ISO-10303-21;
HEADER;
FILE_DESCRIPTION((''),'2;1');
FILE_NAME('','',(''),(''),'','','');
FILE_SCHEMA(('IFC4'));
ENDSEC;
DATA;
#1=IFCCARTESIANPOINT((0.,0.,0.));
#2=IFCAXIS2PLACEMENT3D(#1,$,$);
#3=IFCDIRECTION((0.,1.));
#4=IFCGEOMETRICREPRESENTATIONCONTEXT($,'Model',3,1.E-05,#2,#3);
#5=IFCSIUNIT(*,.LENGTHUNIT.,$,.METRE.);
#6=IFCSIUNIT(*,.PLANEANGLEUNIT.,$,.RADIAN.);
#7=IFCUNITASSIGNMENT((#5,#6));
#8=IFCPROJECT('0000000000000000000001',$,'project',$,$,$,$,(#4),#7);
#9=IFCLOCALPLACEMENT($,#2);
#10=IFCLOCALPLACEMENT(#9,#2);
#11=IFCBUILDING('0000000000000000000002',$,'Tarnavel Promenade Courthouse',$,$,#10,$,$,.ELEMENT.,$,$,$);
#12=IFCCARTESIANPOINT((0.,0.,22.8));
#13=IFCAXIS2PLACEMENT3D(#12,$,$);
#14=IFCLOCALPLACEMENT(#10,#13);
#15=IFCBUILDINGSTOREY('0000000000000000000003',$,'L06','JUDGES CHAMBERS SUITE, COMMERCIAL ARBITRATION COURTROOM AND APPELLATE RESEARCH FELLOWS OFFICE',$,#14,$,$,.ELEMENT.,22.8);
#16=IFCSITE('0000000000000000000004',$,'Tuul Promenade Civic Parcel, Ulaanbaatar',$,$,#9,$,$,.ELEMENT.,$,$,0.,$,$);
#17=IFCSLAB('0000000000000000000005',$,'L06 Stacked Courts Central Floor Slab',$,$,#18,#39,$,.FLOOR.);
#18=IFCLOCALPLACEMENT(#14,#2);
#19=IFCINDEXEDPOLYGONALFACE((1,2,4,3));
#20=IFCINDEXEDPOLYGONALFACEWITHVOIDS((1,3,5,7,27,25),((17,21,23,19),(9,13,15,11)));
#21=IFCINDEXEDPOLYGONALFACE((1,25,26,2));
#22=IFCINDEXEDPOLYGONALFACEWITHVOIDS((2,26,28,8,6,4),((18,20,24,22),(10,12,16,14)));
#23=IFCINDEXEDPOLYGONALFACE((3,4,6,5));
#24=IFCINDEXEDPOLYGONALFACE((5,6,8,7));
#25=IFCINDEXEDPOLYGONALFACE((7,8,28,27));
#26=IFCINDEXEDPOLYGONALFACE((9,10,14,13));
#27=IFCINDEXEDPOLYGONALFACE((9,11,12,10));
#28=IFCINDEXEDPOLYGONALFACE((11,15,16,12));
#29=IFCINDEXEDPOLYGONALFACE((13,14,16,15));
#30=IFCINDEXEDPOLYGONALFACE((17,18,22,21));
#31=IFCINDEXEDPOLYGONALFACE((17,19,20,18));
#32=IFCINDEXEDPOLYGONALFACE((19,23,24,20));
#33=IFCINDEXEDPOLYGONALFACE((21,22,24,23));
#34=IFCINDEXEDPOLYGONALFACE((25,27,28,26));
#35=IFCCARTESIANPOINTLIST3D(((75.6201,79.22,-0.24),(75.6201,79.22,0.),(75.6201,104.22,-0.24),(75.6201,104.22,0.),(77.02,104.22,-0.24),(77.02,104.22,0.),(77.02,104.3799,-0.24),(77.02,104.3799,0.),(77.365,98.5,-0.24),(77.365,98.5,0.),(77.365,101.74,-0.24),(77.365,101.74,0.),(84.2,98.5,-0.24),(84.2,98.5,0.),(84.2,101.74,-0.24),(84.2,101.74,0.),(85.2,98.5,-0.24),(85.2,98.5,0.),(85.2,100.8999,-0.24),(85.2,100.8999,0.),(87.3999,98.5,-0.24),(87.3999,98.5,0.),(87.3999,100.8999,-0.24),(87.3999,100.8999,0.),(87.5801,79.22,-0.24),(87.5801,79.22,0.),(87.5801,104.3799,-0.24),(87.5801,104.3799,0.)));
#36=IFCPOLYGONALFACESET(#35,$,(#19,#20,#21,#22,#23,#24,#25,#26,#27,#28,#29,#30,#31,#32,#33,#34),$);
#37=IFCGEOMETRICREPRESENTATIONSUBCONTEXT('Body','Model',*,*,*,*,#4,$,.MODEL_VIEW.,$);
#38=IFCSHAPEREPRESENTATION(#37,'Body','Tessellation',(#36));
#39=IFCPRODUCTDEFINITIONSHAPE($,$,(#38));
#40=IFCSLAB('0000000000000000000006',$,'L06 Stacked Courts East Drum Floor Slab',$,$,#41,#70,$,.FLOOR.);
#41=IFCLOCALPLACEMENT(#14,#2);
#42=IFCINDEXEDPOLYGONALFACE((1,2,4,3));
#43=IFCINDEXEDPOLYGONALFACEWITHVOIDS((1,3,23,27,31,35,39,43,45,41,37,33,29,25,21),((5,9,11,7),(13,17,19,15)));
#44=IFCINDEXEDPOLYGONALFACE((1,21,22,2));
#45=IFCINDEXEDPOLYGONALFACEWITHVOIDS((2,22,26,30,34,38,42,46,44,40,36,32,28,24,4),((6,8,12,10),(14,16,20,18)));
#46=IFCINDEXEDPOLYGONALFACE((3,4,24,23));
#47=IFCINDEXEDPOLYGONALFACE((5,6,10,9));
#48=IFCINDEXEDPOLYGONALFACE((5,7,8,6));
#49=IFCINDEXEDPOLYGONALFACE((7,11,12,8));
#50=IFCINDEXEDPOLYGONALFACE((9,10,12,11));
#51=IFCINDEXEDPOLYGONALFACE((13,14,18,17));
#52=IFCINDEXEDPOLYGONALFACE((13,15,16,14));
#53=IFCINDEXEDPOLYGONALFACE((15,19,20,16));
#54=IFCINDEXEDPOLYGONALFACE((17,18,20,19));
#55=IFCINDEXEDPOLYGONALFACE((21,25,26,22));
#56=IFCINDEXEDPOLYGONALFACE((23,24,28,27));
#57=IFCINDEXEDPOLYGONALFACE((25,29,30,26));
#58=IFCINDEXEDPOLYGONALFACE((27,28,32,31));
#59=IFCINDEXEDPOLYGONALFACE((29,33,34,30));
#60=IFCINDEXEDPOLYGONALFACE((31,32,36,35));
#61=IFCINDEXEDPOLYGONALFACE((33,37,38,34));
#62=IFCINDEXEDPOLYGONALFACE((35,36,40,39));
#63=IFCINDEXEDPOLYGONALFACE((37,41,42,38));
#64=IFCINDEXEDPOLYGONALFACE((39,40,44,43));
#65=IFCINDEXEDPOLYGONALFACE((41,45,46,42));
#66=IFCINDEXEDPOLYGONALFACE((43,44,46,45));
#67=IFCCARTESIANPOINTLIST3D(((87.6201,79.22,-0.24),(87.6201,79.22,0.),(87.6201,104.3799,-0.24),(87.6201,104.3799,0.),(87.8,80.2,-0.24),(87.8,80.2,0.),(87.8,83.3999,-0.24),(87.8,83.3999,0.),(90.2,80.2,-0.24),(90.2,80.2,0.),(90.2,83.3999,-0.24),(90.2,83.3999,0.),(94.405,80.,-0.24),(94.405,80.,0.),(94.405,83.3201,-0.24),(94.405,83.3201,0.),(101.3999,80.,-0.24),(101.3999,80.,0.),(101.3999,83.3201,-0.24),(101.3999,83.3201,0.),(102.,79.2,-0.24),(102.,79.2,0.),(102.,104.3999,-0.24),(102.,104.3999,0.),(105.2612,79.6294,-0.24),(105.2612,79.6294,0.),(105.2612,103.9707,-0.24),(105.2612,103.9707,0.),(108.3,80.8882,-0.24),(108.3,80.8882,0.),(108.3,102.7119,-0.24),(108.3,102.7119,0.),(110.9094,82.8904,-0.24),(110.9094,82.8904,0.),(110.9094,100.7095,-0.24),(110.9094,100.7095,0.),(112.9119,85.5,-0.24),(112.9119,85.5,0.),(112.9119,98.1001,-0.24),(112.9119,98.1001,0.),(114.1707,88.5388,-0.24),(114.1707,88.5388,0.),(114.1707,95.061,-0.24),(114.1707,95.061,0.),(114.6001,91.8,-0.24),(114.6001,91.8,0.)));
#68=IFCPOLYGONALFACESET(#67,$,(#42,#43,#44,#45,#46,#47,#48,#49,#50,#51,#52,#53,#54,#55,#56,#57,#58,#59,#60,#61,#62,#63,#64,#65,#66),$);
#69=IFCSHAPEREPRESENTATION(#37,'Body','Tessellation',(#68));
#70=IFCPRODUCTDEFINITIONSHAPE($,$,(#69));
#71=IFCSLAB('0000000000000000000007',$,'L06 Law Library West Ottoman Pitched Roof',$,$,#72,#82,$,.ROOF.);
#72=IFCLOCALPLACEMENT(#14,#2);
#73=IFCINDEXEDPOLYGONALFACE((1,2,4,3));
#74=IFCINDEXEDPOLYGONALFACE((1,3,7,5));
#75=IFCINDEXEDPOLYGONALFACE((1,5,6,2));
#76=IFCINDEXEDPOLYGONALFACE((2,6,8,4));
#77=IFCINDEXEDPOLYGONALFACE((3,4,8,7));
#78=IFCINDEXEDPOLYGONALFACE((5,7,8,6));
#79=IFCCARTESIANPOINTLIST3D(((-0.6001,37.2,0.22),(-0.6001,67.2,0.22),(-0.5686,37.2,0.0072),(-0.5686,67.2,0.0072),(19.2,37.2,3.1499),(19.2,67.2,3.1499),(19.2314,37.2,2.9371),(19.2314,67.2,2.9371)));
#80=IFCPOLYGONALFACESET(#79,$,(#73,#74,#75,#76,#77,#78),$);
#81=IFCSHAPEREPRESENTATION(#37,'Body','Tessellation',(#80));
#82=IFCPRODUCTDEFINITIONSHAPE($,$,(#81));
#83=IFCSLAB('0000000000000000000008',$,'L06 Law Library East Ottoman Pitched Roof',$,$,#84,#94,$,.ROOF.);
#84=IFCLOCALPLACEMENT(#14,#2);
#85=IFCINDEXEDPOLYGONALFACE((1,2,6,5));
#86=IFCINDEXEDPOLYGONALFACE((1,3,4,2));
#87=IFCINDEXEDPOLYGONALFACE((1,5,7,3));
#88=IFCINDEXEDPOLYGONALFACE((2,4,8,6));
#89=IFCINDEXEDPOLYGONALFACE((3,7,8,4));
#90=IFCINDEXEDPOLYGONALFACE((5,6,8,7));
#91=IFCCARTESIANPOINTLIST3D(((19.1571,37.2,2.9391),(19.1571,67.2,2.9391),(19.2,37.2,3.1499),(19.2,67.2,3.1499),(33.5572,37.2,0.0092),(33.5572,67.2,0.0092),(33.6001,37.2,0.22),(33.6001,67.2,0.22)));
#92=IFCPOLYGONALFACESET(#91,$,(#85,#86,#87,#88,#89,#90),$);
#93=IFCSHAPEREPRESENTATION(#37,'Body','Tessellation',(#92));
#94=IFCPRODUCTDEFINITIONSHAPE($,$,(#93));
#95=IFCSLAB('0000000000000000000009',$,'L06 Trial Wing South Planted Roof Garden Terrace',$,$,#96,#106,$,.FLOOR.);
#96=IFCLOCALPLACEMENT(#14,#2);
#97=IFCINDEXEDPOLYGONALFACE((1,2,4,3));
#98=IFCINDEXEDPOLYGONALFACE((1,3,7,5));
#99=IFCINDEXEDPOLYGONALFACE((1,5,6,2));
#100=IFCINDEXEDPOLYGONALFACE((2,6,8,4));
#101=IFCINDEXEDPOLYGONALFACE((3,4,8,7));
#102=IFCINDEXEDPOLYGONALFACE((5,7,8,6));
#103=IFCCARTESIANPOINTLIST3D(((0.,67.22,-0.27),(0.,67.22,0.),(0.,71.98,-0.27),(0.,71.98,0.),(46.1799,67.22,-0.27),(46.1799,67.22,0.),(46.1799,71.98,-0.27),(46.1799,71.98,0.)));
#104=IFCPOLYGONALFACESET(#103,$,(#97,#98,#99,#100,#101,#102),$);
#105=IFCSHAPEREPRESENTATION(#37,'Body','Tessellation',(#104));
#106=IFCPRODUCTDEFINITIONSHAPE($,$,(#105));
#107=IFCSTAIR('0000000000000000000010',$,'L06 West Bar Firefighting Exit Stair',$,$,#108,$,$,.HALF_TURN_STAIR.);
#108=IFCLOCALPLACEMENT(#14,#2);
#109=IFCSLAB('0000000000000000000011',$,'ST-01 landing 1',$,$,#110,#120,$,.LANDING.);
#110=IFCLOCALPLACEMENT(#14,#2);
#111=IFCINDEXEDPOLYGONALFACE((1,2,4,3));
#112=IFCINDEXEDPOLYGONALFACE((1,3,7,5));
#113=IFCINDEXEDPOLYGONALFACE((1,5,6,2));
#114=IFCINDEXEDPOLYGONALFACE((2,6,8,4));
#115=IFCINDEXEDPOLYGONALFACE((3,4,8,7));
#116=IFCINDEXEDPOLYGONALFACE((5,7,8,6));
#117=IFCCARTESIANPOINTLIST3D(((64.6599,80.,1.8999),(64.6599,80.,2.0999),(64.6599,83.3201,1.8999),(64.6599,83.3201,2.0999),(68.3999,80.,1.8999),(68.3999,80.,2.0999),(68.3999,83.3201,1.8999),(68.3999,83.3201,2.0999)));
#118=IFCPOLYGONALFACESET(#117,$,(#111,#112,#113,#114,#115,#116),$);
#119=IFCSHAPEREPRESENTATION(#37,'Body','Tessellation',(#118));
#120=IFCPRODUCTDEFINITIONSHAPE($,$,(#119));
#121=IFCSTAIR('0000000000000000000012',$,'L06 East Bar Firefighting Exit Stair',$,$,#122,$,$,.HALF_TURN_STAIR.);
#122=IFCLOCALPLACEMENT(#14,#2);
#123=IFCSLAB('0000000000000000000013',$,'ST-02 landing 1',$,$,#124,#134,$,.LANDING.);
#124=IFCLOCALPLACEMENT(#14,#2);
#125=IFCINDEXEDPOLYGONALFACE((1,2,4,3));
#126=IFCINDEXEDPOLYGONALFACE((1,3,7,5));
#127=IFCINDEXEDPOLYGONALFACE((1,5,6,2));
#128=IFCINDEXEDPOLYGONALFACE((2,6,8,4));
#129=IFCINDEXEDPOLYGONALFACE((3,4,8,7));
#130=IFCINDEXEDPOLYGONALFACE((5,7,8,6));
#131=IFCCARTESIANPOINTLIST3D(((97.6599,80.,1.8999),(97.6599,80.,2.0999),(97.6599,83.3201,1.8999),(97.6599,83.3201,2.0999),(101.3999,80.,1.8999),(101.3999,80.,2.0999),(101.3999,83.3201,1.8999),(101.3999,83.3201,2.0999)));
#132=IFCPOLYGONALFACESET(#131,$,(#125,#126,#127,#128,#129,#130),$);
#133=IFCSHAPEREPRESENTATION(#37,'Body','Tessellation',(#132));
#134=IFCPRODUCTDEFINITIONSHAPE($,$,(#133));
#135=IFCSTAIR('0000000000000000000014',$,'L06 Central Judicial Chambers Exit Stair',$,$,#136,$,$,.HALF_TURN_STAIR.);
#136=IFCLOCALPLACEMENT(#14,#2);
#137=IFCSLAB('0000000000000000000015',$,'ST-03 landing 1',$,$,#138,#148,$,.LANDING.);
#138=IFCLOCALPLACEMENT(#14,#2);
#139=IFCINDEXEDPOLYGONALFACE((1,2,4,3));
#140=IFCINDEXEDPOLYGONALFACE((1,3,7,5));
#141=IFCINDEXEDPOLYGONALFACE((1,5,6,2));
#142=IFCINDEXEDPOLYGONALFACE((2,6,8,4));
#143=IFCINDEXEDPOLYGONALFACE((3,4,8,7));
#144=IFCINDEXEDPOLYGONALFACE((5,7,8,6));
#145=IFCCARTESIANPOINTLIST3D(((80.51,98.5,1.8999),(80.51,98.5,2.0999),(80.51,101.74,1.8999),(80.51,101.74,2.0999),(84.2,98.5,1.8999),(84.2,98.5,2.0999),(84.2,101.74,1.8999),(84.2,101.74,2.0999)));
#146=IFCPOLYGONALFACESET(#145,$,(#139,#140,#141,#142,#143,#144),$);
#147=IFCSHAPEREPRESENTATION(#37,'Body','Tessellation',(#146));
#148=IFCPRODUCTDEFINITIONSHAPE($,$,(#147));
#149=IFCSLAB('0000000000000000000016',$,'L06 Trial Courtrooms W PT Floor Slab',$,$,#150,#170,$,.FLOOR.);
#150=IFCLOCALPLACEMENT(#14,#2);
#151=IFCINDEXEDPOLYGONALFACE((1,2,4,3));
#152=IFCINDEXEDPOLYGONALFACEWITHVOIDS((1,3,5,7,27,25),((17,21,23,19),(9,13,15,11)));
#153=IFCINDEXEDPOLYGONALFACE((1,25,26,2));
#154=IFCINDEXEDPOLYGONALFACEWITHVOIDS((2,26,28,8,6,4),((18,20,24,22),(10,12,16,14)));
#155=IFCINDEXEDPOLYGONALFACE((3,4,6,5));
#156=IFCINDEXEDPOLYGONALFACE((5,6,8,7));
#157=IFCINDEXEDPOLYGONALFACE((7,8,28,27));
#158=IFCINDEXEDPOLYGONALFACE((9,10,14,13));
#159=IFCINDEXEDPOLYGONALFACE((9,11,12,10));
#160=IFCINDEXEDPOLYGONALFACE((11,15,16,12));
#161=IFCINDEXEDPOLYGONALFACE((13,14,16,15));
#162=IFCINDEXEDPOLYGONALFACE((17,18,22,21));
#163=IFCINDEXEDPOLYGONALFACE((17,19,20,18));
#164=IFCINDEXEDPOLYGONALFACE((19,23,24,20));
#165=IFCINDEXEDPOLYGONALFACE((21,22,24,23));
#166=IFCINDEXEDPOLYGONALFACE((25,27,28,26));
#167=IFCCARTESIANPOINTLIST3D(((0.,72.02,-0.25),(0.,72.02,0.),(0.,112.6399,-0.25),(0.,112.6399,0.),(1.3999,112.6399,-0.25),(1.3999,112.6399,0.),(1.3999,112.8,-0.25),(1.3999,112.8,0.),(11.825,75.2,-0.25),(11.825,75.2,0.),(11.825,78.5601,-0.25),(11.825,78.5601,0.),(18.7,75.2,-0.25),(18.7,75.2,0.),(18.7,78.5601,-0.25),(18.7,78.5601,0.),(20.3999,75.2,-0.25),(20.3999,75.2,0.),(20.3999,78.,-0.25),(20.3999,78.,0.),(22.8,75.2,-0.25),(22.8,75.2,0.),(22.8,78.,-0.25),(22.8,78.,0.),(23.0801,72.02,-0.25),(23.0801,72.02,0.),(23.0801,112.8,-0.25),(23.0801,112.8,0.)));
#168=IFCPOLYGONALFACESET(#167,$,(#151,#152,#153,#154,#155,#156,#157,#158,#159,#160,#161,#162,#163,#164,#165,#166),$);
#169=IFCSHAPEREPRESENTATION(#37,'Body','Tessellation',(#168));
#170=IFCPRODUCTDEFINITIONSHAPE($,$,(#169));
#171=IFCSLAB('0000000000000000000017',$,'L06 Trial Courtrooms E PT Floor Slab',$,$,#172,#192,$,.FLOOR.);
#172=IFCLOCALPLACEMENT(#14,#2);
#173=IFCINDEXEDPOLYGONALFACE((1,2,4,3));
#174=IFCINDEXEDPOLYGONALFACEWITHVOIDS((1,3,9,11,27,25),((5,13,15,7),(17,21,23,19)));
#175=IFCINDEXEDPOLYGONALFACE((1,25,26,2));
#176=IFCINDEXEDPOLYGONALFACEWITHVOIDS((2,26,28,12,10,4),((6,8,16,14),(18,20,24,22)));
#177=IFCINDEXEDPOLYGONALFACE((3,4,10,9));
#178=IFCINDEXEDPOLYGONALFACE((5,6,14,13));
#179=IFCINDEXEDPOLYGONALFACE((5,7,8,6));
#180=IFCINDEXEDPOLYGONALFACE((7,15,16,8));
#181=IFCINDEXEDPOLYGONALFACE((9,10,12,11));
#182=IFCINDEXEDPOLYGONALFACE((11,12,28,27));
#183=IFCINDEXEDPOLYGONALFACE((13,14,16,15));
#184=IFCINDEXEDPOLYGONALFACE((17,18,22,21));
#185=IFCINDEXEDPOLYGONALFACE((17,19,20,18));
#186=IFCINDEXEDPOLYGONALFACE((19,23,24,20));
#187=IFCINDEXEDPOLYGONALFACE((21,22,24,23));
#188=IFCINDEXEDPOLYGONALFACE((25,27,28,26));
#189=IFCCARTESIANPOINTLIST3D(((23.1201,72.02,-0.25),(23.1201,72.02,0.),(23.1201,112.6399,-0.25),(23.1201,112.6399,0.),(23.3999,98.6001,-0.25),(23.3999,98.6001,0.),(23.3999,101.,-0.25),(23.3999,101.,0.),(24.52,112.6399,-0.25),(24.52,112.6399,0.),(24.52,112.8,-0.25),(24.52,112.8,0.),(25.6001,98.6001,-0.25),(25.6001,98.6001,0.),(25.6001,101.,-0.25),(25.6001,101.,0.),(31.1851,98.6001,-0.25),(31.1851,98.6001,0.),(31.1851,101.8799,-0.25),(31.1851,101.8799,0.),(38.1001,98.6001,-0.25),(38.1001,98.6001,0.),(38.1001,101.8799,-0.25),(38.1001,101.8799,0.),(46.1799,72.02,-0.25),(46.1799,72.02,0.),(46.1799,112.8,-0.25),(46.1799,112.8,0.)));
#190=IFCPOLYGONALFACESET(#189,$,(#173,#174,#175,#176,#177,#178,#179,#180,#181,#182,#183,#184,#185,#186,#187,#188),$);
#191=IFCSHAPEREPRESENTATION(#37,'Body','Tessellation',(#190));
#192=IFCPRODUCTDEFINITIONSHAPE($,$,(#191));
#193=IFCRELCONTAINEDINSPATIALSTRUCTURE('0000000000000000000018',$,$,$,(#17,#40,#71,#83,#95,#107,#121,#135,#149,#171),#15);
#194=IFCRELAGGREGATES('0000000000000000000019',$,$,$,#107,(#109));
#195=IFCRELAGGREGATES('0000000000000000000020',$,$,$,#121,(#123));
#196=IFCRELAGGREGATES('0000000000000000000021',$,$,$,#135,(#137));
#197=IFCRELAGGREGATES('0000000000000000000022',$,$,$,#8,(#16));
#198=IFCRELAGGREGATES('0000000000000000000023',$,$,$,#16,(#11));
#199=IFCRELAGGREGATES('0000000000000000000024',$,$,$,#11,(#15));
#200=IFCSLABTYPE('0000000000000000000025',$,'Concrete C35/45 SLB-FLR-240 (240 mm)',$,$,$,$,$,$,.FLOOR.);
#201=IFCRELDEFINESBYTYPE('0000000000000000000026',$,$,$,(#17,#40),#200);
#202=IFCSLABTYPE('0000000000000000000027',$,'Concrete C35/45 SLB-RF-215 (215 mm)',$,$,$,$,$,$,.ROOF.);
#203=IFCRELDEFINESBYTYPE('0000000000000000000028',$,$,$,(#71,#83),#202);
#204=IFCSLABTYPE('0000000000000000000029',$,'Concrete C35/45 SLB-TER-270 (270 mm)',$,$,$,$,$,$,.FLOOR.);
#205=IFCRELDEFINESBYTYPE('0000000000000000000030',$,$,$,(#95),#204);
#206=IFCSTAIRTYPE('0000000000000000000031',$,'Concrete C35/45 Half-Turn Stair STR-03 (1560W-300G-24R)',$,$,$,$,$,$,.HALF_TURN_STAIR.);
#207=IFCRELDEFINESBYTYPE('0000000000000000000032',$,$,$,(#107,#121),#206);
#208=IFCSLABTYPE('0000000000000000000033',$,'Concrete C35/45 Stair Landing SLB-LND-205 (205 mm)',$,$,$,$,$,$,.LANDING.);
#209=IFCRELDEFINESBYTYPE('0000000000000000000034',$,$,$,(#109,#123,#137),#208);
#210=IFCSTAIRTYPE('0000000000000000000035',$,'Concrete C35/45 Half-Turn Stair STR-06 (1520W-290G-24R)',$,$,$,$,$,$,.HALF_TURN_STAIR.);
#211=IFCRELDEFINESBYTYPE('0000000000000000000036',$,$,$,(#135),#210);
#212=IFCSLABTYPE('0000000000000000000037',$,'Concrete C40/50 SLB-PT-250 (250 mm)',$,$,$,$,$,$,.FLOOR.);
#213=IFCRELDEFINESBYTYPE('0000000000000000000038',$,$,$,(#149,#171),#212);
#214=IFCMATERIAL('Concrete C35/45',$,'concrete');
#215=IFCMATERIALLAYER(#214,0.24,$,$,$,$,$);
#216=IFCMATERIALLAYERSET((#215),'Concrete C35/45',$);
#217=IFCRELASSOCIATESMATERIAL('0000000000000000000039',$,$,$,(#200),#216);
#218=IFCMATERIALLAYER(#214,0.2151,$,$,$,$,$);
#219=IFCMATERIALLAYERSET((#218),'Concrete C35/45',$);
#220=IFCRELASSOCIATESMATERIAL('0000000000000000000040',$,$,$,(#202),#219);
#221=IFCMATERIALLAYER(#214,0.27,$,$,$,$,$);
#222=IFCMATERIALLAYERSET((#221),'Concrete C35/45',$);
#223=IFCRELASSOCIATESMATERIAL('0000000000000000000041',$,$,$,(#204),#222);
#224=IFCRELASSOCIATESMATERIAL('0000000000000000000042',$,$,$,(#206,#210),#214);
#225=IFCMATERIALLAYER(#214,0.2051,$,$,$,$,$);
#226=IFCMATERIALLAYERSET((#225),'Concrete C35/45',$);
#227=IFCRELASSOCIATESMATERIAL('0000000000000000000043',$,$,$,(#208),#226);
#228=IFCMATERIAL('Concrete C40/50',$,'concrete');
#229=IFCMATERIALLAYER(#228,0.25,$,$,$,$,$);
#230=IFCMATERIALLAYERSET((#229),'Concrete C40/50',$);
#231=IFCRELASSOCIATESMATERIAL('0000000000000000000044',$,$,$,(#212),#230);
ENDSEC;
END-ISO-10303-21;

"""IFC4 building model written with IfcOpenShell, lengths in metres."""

from ifc_helpers import new_model, si_unit, direction, frame, origin, place, context, subcontext, project, spatial, polyline, outline, extrude, material, layer, layer_set, type_object, element, aggregate, save


model = new_model("IFC4")

# Units and contexts
model_context = context("Model", 3, precision=1e-05, world=origin(), true_north=direction((0.0, 1.0)))
body_context = subcontext(model_context, "Body", "Model", "MODEL_VIEW")
ifc_project = project(units=[si_unit("LENGTHUNIT", "METRE"), si_unit("PLANEANGLEUNIT", "RADIAN")], contexts=[model_context])

# Site, building, storey
site_placement = place(None, origin())
site = spatial("IfcSite", under=ifc_project, at=site_placement, Name="Tuul Promenade Civic Parcel, Ulaanbaatar", CompositionType="ELEMENT", RefElevation=0.0)
building_placement = place(site_placement, origin())
building = spatial("IfcBuilding", under=site, at=building_placement, Name="Tarnavel Promenade Courthouse", CompositionType="ELEMENT")
storey_placement = place(building_placement, frame((0.0, 0.0, 22.8)))
storey = spatial("IfcBuildingStorey", under=building, at=storey_placement, Name="L06", Description="JUDGES CHAMBERS SUITE, COMMERCIAL ARBITRATION COURTROOM AND APPELLATE RESEARCH FELLOWS OFFICE", CompositionType="ELEMENT", Elevation=22.8)

# Slabs
ifc_material_1 = material(Name="Concrete C35/45", Category="concrete")
ifc_layer_1 = layer(ifc_material_1, 0.24)
ifc_layer_set_1 = layer_set([ifc_layer_1], Name="Concrete C35/45")
slab_type_1 = type_object("IfcSlabType", Name="Concrete C35/45 SLB-FLR-240 (240 mm)", PredefinedType="FLOOR", material=ifc_layer_set_1)
slab_1_placement = place(storey_placement, frame((0.0, 0.0, -0.24)))
element("IfcSlab", 1, at=slab_1_placement, inside=storey, type_object=slab_type_1, Name="L06 Stacked Courts Central Floor Slab", PredefinedType="FLOOR", context=body_context, shape_type="SweptSolid", body=[
    extrude(outline(polyline([(75.6201, 79.22), (87.5801, 79.22), (87.5801, 104.3799), (77.02, 104.3799), (77.02, 104.22), (75.6201, 104.22), (75.6201, 79.22)]), holes=[polyline([(77.365, 98.5), (84.2, 98.5), (84.2, 101.74), (77.365, 101.74), (77.365, 98.5)]), polyline([(85.2, 98.5), (87.3999, 98.5), (87.3999, 100.8999), (85.2, 100.8999), (85.2, 98.5)])]), origin(), (0.0, 0.0, 1.0), 0.24),
])
slab_2_placement = place(storey_placement, frame((0.0, 0.0, -0.24)))
element("IfcSlab", 2, at=slab_2_placement, inside=storey, type_object=slab_type_1, Name="L06 Stacked Courts East Drum Floor Slab", PredefinedType="FLOOR", context=body_context, shape_type="SweptSolid", body=[
    extrude(outline(polyline([(87.6201, 104.3799), (87.6201, 79.22), (102.0, 79.2), (105.2612, 79.6294), (108.3, 80.8882), (110.9094, 82.8904), (112.9119, 85.5), (114.1707, 88.5388), (114.6001, 91.8), (114.1707, 95.061), (112.9119, 98.1001), (110.9094, 100.7095), (108.3, 102.7119), (105.2612, 103.9707), (102.0, 104.3999), (87.6201, 104.3799)]), holes=[polyline([(94.405, 80.0), (101.3999, 80.0), (101.3999, 83.3201), (94.405, 83.3201), (94.405, 80.0)]), polyline([(87.8, 80.2), (90.2, 80.2), (90.2, 83.3999), (87.8, 83.3999), (87.8, 80.2)])]), origin(), (0.0, 0.0, 1.0), 0.24),
])
ifc_layer_2 = layer(ifc_material_1, 0.2151)
ifc_layer_set_2 = layer_set([ifc_layer_2], Name="Concrete C35/45")
slab_type_2 = type_object("IfcSlabType", Name="Concrete C35/45 SLB-RF-215 (215 mm)", PredefinedType="ROOF", material=ifc_layer_set_2)
slab_3_placement = place(storey_placement, frame((-0.6001, 37.2, 0.22), z_axis=(-0.146382, 0.0, 0.989228), x_axis=(0.989228, 0.0, 0.146382)))
element("IfcSlab", 3, at=slab_3_placement, inside=storey, type_object=slab_type_2, Name="L06 Law Library West Ottoman Pitched Roof", PredefinedType="ROOF", context=body_context, shape_type="SweptSolid", body=[
    extrude(outline(polyline([(0.0, 0.0), (20.0157, 0.0), (20.0157, 30.0), (0.0, 30.0), (0.0, 0.0)])), origin(), (0.0, 0.0, -1.0), 0.2151),
])
slab_4_placement = place(storey_placement, frame((19.2, 37.2, 3.1499), z_axis=(0.19938, 0.0, 0.979922), x_axis=(0.979922, 0.0, -0.19938)))
element("IfcSlab", 4, at=slab_4_placement, inside=storey, type_object=slab_type_2, Name="L06 Law Library East Ottoman Pitched Roof", PredefinedType="ROOF", context=body_context, shape_type="SweptSolid", body=[
    extrude(outline(polyline([(0.0, 0.0), (14.6952, 0.0), (14.6952, 30.0), (0.0, 30.0), (0.0, 0.0)])), origin(), (0.0, 0.0, -1.0), 0.2151),
])
ifc_layer_3 = layer(ifc_material_1, 0.27)
ifc_layer_set_3 = layer_set([ifc_layer_3], Name="Concrete C35/45")
slab_type_3 = type_object("IfcSlabType", Name="Concrete C35/45 SLB-TER-270 (270 mm)", PredefinedType="FLOOR", material=ifc_layer_set_3)
slab_5_placement = place(storey_placement, frame((0.0, 0.0, -0.27)))
element("IfcSlab", 5, at=slab_5_placement, inside=storey, type_object=slab_type_3, Name="L06 Trial Wing South Planted Roof Garden Terrace", PredefinedType="FLOOR", context=body_context, shape_type="SweptSolid", body=[
    extrude(outline(polyline([(0.0, 67.22), (46.1799, 67.22), (46.1799, 71.98), (0.0, 71.98), (0.0, 67.22)])), origin(), (0.0, 0.0, 1.0), 0.27),
])

# Stairs, slabs
stair_type_1 = type_object("IfcStairType", Name="Concrete C35/45 Half-Turn Stair STR-03 (1560W-300G-24R)", PredefinedType="HALF_TURN_STAIR", material=ifc_material_1)
stair_1_placement = place(storey_placement, origin())
stair_1 = element("IfcStair", 6, at=stair_1_placement, inside=storey, type_object=stair_type_1, Name="L06 West Bar Firefighting Exit Stair", PredefinedType="HALF_TURN_STAIR")
ifc_layer_4 = layer(ifc_material_1, 0.2051)
ifc_layer_set_4 = layer_set([ifc_layer_4], Name="Concrete C35/45")
slab_type_4 = type_object("IfcSlabType", Name="Concrete C35/45 Stair Landing SLB-LND-205 (205 mm)", PredefinedType="LANDING", material=ifc_layer_set_4)
slab_6_placement = place(storey_placement, frame((0.0, 0.0, 1.8999)))
slab_6 = element("IfcSlab", 7, at=slab_6_placement, type_object=slab_type_4, Name="ST-01 landing 1", PredefinedType="LANDING", context=body_context, shape_type="SweptSolid", body=[
    extrude(outline(polyline([(64.6599, 80.0), (68.3999, 80.0), (68.3999, 83.3201), (64.6599, 83.3201), (64.6599, 80.0)])), origin(), (0.0, 0.0, 1.0), 0.2),
])
aggregate(stair_1, [slab_6])
stair_2_placement = place(storey_placement, origin())
stair_2 = element("IfcStair", 8, at=stair_2_placement, inside=storey, type_object=stair_type_1, Name="L06 East Bar Firefighting Exit Stair", PredefinedType="HALF_TURN_STAIR")
slab_7_placement = place(storey_placement, frame((0.0, 0.0, 1.8999)))
slab_7 = element("IfcSlab", 9, at=slab_7_placement, type_object=slab_type_4, Name="ST-02 landing 1", PredefinedType="LANDING", context=body_context, shape_type="SweptSolid", body=[
    extrude(outline(polyline([(97.6599, 80.0), (101.3999, 80.0), (101.3999, 83.3201), (97.6599, 83.3201), (97.6599, 80.0)])), origin(), (0.0, 0.0, 1.0), 0.2),
])
aggregate(stair_2, [slab_7])
stair_type_2 = type_object("IfcStairType", Name="Concrete C35/45 Half-Turn Stair STR-06 (1520W-290G-24R)", PredefinedType="HALF_TURN_STAIR", material=ifc_material_1)
stair_3_placement = place(storey_placement, origin())
stair_3 = element("IfcStair", 10, at=stair_3_placement, inside=storey, type_object=stair_type_2, Name="L06 Central Judicial Chambers Exit Stair", PredefinedType="HALF_TURN_STAIR")
slab_8_placement = place(storey_placement, frame((0.0, 0.0, 1.8999)))
slab_8 = element("IfcSlab", 11, at=slab_8_placement, type_object=slab_type_4, Name="ST-03 landing 1", PredefinedType="LANDING", context=body_context, shape_type="SweptSolid", body=[
    extrude(outline(polyline([(80.51, 98.5), (84.2, 98.5), (84.2, 101.74), (80.51, 101.74), (80.51, 98.5)])), origin(), (0.0, 0.0, 1.0), 0.2),
])
aggregate(stair_3, [slab_8])

# Slabs
ifc_material_2 = material(Name="Concrete C40/50", Category="concrete")
ifc_layer_5 = layer(ifc_material_2, 0.25)
ifc_layer_set_5 = layer_set([ifc_layer_5], Name="Concrete C40/50")
slab_type_5 = type_object("IfcSlabType", Name="Concrete C40/50 SLB-PT-250 (250 mm)", PredefinedType="FLOOR", material=ifc_layer_set_5)
slab_9_placement = place(storey_placement, frame((0.0, 0.0, -0.25)))
element("IfcSlab", 12, at=slab_9_placement, inside=storey, type_object=slab_type_5, Name="L06 Trial Courtrooms W PT Floor Slab", PredefinedType="FLOOR", context=body_context, shape_type="SweptSolid", body=[
    extrude(outline(polyline([(0.0, 72.02), (23.0801, 72.02), (23.0801, 112.8), (1.3999, 112.8), (1.3999, 112.6399), (0.0, 112.6399), (0.0, 72.02)]), holes=[polyline([(11.825, 75.2), (18.7, 75.2), (18.7, 78.5601), (11.825, 78.5601), (11.825, 75.2)]), polyline([(20.3999, 75.2), (22.8, 75.2), (22.8, 78.0), (20.3999, 78.0), (20.3999, 75.2)])]), origin(), (0.0, 0.0, 1.0), 0.25),
])
slab_10_placement = place(storey_placement, frame((0.0, 0.0, -0.25)))
element("IfcSlab", 13, at=slab_10_placement, inside=storey, type_object=slab_type_5, Name="L06 Trial Courtrooms E PT Floor Slab", PredefinedType="FLOOR", context=body_context, shape_type="SweptSolid", body=[
    extrude(outline(polyline([(23.1201, 72.02), (46.1799, 72.02), (46.1799, 112.8), (24.52, 112.8), (24.52, 112.6399), (23.1201, 112.6399), (23.1201, 72.02)]), holes=[polyline([(31.1851, 98.6001), (38.1001, 98.6001), (38.1001, 101.8799), (31.1851, 101.8799), (31.1851, 98.6001)]), polyline([(23.3999, 98.6001), (25.6001, 98.6001), (25.6001, 101.0), (23.3999, 101.0), (23.3999, 98.6001)])]), origin(), (0.0, 0.0, 1.0), 0.25),
])

save(model, "model.ifc")
